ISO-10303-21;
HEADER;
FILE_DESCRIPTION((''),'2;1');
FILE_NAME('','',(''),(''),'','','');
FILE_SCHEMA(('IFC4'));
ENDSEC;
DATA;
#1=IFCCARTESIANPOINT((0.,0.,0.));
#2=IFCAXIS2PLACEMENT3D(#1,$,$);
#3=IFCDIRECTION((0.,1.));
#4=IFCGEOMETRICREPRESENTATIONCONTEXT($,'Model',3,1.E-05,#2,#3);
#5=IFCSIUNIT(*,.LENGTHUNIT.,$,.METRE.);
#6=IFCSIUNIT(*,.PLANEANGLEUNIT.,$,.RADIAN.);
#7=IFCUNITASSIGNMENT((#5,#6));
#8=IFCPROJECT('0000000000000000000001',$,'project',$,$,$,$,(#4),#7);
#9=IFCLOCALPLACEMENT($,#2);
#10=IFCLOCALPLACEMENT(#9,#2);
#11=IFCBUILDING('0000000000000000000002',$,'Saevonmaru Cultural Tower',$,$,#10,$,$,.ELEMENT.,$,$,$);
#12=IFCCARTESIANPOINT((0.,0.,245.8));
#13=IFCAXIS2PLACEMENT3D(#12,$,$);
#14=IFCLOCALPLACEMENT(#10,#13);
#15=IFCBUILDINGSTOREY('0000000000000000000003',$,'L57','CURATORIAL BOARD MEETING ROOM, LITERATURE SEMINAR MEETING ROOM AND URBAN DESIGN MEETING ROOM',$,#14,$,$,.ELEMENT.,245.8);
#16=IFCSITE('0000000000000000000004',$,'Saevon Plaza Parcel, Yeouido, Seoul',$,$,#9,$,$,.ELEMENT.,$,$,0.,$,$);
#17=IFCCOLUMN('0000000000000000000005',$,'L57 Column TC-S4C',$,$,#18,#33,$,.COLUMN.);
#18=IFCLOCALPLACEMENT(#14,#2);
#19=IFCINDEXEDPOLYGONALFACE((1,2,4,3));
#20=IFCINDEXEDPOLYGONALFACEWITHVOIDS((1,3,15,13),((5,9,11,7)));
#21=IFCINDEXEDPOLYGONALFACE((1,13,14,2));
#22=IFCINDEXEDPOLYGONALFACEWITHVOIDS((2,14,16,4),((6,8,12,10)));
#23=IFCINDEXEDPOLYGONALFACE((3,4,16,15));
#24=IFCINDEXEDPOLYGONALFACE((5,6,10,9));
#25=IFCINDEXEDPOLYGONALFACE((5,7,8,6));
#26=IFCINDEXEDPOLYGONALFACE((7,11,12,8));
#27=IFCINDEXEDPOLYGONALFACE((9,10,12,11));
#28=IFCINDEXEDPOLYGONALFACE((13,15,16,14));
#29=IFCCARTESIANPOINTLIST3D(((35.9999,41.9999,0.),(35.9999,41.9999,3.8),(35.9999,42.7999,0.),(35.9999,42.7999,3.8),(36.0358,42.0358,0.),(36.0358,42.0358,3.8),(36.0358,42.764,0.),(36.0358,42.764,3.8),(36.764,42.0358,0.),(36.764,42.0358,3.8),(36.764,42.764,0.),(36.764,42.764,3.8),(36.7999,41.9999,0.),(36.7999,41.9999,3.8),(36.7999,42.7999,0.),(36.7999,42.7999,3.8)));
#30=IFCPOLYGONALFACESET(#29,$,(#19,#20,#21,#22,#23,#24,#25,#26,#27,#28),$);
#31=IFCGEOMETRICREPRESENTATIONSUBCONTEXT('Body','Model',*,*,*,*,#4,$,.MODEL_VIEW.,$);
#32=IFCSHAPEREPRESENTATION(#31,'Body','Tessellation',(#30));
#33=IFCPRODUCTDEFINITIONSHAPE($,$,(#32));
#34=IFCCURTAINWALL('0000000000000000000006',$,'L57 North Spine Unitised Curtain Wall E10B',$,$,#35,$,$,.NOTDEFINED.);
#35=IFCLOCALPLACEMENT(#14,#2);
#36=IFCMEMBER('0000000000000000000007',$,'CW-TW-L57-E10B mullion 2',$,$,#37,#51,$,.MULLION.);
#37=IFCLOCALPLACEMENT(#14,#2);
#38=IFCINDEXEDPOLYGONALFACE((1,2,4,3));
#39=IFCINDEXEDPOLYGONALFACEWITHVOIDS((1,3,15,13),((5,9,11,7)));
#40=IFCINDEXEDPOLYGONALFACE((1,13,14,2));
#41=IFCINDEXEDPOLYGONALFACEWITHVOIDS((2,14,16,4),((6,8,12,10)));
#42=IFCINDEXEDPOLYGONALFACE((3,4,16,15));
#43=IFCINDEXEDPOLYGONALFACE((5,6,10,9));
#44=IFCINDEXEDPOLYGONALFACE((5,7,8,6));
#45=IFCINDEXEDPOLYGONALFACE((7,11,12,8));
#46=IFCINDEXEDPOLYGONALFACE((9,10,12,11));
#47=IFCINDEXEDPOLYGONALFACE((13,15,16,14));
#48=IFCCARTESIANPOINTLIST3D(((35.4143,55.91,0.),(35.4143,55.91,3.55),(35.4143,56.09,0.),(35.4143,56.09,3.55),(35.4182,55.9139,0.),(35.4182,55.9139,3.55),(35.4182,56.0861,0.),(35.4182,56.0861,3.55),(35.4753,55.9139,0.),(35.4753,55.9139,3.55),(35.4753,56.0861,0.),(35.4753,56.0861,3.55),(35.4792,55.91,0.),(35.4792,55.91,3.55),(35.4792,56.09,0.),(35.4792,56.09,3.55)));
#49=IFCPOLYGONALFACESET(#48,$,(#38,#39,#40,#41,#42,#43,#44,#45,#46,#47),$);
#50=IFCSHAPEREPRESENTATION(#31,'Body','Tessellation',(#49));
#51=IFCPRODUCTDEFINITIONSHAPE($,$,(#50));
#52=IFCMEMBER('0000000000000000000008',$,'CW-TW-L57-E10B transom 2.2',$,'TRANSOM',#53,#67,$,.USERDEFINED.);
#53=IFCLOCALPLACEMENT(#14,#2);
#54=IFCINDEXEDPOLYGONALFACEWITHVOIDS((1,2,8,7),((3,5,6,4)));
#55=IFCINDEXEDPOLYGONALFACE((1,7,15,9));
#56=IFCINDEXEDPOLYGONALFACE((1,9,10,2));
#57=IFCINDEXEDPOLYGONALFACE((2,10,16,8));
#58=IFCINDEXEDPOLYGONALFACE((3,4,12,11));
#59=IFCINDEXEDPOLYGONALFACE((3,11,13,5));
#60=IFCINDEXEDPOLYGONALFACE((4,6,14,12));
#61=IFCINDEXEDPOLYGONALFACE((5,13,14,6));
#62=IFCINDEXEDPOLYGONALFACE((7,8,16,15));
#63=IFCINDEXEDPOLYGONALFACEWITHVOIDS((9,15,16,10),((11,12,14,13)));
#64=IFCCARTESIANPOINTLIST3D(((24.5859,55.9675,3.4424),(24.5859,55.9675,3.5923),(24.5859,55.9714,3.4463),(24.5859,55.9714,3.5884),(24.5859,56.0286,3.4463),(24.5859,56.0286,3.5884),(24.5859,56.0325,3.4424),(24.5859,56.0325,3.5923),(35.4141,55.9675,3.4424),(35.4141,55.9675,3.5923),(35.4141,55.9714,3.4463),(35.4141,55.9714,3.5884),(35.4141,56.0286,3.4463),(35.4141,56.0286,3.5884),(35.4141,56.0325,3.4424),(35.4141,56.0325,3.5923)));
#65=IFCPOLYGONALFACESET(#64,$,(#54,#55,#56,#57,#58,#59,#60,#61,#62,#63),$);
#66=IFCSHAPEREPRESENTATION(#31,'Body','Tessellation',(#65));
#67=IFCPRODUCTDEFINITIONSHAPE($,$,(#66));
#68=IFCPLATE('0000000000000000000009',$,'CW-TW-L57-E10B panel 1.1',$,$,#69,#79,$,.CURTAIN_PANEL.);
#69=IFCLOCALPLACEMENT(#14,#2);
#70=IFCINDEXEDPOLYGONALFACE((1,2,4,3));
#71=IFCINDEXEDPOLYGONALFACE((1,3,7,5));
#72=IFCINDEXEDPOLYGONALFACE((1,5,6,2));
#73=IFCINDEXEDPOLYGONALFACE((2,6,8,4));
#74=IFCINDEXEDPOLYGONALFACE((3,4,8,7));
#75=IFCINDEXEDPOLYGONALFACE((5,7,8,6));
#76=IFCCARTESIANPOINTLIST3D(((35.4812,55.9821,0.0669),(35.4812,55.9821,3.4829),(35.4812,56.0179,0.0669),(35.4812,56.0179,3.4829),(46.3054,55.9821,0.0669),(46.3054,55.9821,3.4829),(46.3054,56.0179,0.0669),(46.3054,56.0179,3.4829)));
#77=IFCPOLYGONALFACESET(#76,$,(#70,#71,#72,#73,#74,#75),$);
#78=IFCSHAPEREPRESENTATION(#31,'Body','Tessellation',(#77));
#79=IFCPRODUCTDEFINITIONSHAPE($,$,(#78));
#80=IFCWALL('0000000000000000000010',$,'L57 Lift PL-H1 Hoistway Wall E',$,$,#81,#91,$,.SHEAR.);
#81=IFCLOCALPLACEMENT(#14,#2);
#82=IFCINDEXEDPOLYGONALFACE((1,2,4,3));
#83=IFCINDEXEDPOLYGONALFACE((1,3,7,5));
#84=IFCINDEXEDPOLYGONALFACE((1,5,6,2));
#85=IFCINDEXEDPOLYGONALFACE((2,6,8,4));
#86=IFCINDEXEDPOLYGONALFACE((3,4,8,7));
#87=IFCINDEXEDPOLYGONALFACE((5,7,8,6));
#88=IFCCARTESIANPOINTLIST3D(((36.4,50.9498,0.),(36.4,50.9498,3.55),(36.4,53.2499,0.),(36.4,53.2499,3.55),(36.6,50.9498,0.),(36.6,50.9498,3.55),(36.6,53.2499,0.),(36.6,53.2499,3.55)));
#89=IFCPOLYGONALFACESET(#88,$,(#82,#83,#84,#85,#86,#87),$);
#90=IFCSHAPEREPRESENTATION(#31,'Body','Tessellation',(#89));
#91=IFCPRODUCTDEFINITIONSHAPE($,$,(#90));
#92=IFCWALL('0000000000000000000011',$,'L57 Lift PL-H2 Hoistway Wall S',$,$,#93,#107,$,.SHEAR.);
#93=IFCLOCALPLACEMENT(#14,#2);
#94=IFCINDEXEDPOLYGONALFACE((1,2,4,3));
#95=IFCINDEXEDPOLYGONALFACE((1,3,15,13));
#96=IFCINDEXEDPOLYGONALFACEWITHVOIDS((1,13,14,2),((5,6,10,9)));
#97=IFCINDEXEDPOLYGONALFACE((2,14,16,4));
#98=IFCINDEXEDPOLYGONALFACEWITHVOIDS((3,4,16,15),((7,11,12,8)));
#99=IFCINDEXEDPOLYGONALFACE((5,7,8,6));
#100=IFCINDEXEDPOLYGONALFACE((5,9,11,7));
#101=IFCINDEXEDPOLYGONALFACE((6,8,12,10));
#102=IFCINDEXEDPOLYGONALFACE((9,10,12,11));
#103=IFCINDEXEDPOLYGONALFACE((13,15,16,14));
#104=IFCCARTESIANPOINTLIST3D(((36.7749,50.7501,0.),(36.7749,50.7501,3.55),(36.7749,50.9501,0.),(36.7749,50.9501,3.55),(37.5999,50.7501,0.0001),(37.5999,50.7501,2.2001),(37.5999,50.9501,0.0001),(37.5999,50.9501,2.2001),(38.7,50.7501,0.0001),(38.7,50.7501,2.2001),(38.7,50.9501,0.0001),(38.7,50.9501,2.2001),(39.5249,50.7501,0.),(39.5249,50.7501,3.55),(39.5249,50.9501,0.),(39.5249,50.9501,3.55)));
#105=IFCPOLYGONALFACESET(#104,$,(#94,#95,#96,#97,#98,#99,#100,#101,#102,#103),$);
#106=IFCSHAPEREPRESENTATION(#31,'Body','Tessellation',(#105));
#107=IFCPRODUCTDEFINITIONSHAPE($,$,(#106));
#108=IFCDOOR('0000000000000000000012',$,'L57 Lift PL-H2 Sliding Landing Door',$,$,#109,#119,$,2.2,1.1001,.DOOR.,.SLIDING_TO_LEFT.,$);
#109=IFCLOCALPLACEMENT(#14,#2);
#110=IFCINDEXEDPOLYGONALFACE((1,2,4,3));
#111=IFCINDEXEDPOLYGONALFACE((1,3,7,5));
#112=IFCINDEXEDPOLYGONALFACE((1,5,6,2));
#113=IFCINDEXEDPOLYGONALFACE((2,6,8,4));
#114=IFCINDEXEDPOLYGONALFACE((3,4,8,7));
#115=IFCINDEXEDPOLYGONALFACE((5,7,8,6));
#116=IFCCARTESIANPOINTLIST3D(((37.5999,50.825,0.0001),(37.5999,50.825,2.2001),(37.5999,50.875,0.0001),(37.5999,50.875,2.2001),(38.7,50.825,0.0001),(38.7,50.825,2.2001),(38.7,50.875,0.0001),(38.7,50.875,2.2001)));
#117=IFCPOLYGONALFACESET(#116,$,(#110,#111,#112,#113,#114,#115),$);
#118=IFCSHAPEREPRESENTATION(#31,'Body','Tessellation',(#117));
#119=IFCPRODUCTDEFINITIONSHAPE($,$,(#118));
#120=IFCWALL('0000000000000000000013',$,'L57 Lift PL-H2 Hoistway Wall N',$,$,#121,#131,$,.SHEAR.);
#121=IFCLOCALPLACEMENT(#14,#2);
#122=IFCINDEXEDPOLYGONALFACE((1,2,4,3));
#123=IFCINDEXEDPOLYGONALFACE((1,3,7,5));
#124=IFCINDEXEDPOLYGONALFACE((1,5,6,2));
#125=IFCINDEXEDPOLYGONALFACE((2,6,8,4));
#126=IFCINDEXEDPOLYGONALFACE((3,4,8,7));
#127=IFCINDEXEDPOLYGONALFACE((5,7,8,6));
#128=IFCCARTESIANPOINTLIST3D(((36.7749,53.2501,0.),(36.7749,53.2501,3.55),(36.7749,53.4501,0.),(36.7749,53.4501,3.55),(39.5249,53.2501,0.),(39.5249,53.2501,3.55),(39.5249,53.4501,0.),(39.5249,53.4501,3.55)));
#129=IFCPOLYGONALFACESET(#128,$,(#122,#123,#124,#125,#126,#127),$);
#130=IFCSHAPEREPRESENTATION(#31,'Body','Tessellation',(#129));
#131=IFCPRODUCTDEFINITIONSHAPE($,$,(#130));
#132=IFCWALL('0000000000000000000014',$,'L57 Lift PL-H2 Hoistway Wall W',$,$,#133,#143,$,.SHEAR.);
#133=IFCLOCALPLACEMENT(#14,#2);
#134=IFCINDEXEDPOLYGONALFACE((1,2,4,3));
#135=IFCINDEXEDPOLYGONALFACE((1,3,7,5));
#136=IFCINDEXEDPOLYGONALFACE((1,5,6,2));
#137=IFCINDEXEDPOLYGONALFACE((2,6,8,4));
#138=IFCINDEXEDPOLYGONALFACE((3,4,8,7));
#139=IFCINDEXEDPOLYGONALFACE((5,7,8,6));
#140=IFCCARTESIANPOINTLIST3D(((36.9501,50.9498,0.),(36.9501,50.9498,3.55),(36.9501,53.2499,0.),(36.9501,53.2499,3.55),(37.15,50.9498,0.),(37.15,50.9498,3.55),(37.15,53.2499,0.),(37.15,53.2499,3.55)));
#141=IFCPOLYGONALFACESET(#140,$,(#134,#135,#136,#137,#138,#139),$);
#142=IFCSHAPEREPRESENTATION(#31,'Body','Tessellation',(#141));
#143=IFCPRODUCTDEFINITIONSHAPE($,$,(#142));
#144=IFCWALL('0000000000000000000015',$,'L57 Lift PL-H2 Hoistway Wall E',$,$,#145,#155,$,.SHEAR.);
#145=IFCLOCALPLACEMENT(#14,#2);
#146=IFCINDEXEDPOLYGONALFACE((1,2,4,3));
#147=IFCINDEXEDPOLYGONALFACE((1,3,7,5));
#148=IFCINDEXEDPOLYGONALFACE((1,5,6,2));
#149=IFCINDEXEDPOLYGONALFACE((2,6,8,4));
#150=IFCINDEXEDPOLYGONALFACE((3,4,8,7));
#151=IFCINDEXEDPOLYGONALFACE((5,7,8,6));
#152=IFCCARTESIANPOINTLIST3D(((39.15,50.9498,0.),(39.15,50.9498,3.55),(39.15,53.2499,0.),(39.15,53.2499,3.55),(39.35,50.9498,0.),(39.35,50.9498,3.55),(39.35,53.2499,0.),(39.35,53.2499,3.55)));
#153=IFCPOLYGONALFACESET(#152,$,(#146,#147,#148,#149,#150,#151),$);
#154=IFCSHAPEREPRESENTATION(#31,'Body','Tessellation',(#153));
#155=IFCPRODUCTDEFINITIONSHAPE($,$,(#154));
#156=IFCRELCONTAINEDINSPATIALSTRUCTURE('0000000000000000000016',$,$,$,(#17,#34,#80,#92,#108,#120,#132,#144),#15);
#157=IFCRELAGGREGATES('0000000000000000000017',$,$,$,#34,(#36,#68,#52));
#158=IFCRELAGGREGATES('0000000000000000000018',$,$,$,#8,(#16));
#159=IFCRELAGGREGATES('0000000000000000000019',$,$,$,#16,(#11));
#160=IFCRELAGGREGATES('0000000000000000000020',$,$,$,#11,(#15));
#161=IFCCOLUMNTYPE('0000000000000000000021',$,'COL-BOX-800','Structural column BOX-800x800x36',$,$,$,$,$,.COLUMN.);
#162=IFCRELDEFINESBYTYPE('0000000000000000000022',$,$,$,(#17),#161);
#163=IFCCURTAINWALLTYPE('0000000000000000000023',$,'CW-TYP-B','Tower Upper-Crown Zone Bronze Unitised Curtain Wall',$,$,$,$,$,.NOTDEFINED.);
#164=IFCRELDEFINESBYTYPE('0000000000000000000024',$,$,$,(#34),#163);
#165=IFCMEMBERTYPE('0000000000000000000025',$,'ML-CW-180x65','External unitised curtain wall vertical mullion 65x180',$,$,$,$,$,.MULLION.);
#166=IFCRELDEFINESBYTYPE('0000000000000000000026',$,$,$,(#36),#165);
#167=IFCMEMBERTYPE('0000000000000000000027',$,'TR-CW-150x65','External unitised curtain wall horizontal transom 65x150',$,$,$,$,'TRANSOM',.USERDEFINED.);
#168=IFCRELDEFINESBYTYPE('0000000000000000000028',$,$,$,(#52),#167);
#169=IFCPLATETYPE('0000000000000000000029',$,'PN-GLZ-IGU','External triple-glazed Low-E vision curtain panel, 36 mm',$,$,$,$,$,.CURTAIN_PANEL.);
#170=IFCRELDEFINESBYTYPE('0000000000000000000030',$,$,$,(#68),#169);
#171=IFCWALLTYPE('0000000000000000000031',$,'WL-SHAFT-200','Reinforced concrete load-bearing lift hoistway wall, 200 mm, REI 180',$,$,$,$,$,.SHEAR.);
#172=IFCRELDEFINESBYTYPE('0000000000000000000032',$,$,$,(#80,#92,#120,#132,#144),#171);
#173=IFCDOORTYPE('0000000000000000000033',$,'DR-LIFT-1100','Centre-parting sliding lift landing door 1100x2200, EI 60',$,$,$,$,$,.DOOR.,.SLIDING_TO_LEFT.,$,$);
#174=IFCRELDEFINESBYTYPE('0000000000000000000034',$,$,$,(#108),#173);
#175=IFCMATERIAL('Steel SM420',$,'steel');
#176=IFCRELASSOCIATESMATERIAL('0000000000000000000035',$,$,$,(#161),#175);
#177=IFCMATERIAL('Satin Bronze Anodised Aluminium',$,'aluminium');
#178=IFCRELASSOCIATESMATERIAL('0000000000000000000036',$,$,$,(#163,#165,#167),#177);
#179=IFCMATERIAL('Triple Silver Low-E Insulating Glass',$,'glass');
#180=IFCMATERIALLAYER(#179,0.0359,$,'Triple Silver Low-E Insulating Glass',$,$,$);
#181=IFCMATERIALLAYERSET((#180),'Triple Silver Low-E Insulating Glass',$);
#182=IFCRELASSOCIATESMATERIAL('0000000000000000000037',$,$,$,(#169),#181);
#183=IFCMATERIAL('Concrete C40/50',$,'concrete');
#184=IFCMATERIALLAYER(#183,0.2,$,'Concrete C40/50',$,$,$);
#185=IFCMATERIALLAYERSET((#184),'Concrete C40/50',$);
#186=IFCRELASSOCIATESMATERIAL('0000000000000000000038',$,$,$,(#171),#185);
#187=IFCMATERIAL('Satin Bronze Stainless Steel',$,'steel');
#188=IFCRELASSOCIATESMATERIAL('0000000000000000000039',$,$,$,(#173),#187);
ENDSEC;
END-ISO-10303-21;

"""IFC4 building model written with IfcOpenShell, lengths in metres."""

from ifc_helpers import new_model, si_unit, direction, frame, frame_2d, origin, origin_2d, place, context, subcontext, project, spatial, rectangle, hollow_rectangle, extrude, material, layer, layer_set, material_profile, profile_set, type_object, element, fill, aggregate, save


model = new_model("IFC4")

# Units and contexts
model_context = context("Model", 3, precision=1e-05, world=origin(), true_north=direction((0.0, 1.0)))
body_context = subcontext(model_context, "Body", "Model", "MODEL_VIEW")
ifc_project = project(units=[si_unit("LENGTHUNIT", "METRE"), si_unit("PLANEANGLEUNIT", "RADIAN")], contexts=[model_context])

# Site, building, storey
site_placement = place(None, origin())
site = spatial("IfcSite", under=ifc_project, at=site_placement, Name="Saevon Plaza Parcel, Yeouido, Seoul", CompositionType="ELEMENT", RefElevation=0.0)
building_placement = place(site_placement, origin())
building = spatial("IfcBuilding", under=site, at=building_placement, Name="Saevonmaru Cultural Tower", CompositionType="ELEMENT")
storey_placement = place(building_placement, frame((0.0, 0.0, 245.8)))
storey = spatial("IfcBuildingStorey", under=building, at=storey_placement, Name="L57", Description="CURATORIAL BOARD MEETING ROOM, LITERATURE SEMINAR MEETING ROOM AND URBAN DESIGN MEETING ROOM", CompositionType="ELEMENT", Elevation=245.8)

# Column
ifc_material_1 = material(Name="Steel SM420", Category="steel")
ifc_material_profile_1 = material_profile(ifc_material_1, hollow_rectangle(XDim=0.8, YDim=0.8, WallThickness=0.0359, at=origin_2d()), Name="BOX-800x800x36")
ifc_profile_set_1 = profile_set([ifc_material_profile_1], Name="Steel SM420")
column_type = type_object("IfcColumnType", Name="COL-BOX-800", Description="Structural column BOX-800x800x36", PredefinedType="COLUMN", material=ifc_profile_set_1)
column_placement = place(storey_placement, frame((36.3999, 42.3999, 0.0), z_axis=(0.0, 0.0, 1.0), x_axis=(1.0, 0.0, 0.0)))
element("IfcColumn", 1, at=column_placement, inside=storey, type_object=column_type, Name="L57 Column TC-S4C", PredefinedType="COLUMN", context=body_context, shape_type="SweptSolid", body=[
    extrude(hollow_rectangle(XDim=0.8, YDim=0.8, WallThickness=0.0359, at=origin_2d()), origin(), (0.0, 0.0, 1.0), 3.8),
])

# Curtain wall, members, plate
ifc_material_2 = material(Name="Satin Bronze Anodised Aluminium", Category="aluminium")
curtain_wall_type = type_object("IfcCurtainWallType", Name="CW-TYP-B", Description="Tower Upper-Crown Zone Bronze Unitised Curtain Wall", PredefinedType="NOTDEFINED", material=ifc_material_2)
curtain_wall_placement = place(storey_placement, origin())
curtain_wall = element("IfcCurtainWall", 2, at=curtain_wall_placement, inside=storey, type_object=curtain_wall_type, Name="L57 North Spine Unitised Curtain Wall E10B", PredefinedType="NOTDEFINED")
ifc_material_profile_2 = material_profile(ifc_material_2, hollow_rectangle(XDim=0.0649, YDim=0.1799, WallThickness=0.0039, at=origin_2d()), Name="ALU-MULL-180x65x4")
ifc_profile_set_2 = profile_set([ifc_material_profile_2], Name="Satin Bronze Anodised Aluminium")
member_type_1 = type_object("IfcMemberType", Name="ML-CW-180x65", Description="External unitised curtain wall vertical mullion 65x180", PredefinedType="MULLION", material=ifc_profile_set_2)
member_1_placement = place(storey_placement, frame((35.4468, 56.0, 0.0), z_axis=(0.0, 0.0, 1.0), x_axis=(-1.0, 0.0, 0.0)))
member_1 = element("IfcMember", 3, at=member_1_placement, type_object=member_type_1, Name="CW-TW-L57-E10B mullion 2", PredefinedType="MULLION", context=body_context, shape_type="SweptSolid", body=[
    extrude(hollow_rectangle(XDim=0.0649, YDim=0.1799, WallThickness=0.0039, at=origin_2d()), origin(), (0.0, 0.0, 1.0), 3.55),
])
ifc_material_profile_3 = material_profile(ifc_material_2, hollow_rectangle(XDim=0.0649, YDim=0.1499, WallThickness=0.0039, at=origin_2d()), Name="ALU-TRAN-150x65x4")
ifc_profile_set_3 = profile_set([ifc_material_profile_3], Name="Satin Bronze Anodised Aluminium")
member_type_2 = type_object("IfcMemberType", Name="TR-CW-150x65", Description="External unitised curtain wall horizontal transom 65x150", ElementType="TRANSOM", PredefinedType="USERDEFINED", material=ifc_profile_set_3)
member_2_placement = place(storey_placement, frame((35.4141, 56.0, 3.5173), z_axis=(-1.0, 0.0, 0.0), x_axis=(0.0, -1.0, 0.0)))
member_2 = element("IfcMember", 4, at=member_2_placement, type_object=member_type_2, Name="CW-TW-L57-E10B transom 2.2", ObjectType="TRANSOM", PredefinedType="USERDEFINED", context=body_context, shape_type="SweptSolid", body=[
    extrude(hollow_rectangle(XDim=0.0649, YDim=0.1499, WallThickness=0.0039, at=origin_2d()), origin(), (0.0, 0.0, 1.0), 10.8281),
])
ifc_material_3 = material(Name="Triple Silver Low-E Insulating Glass", Category="glass")
ifc_layer_1 = layer(ifc_material_3, 0.0359, Name="Triple Silver Low-E Insulating Glass")
ifc_layer_set_1 = layer_set([ifc_layer_1], Name="Triple Silver Low-E Insulating Glass")
plate_type = type_object("IfcPlateType", Name="PN-GLZ-IGU", Description="External triple-glazed Low-E vision curtain panel, 36 mm", PredefinedType="CURTAIN_PANEL", material=ifc_layer_set_1)
plate_placement = place(storey_placement, frame((40.8933, 56.0, 0.0669), z_axis=(0.0, 0.0, 1.0), x_axis=(-1.0, 0.0, 0.0)))
plate = element("IfcPlate", 5, at=plate_placement, type_object=plate_type, Name="CW-TW-L57-E10B panel 1.1", PredefinedType="CURTAIN_PANEL", context=body_context, shape_type="SweptSolid", body=[
    extrude(rectangle(XDim=10.8242, YDim=0.0359, at=origin_2d()), origin(), (0.0, 0.0, 1.0), 3.416),
])
aggregate(curtain_wall, [member_1, plate, member_2])

# Wall
ifc_material_4 = material(Name="Concrete C40/50", Category="concrete")
ifc_layer_2 = layer(ifc_material_4, 0.2, Name="Concrete C40/50")
ifc_layer_set_2 = layer_set([ifc_layer_2], Name="Concrete C40/50")
wall_type_1 = type_object("IfcWallType", Name="WL-SHAFT-200", Description="Reinforced concrete load-bearing lift hoistway wall, 200 mm, REI 180", PredefinedType="SHEAR", material=ifc_layer_set_2)
wall_1_placement = place(storey_placement, frame((36.5, 50.95, 0.0), z_axis=(0.0, 0.0, 1.0), x_axis=(0.0, 1.0, 0.0)))
element("IfcWall", 6, at=wall_1_placement, inside=storey, type_object=wall_type_1, Name="L57 Lift PL-H1 Hoistway Wall E", PredefinedType="SHEAR", context=body_context, shape_type="SweptSolid", body=[
    extrude(rectangle(XDim=2.3, YDim=0.2, at=frame_2d((1.1499, 0.0))), origin(), (0.0, 0.0, 1.0), 3.55),
])

# Wall, opening, door
wall_2_placement = place(storey_placement, frame((36.7749, 50.8501, 0.0), z_axis=(0.0, 0.0, 1.0), x_axis=(1.0, 0.0, 0.0)))
wall_2 = element("IfcWall", 7, at=wall_2_placement, inside=storey, type_object=wall_type_1, Name="L57 Lift PL-H2 Hoistway Wall S", PredefinedType="SHEAR", context=body_context, shape_type="SweptSolid", body=[
    extrude(rectangle(XDim=2.75, YDim=0.2, at=frame_2d((1.375, 0.0))), origin(), (0.0, 0.0, 1.0), 3.55),
])
opening_1_placement = place(wall_2_placement, frame((0.825, 0.0, 0.0)))
opening_1 = element("IfcOpeningElement", 8, at=opening_1_placement, cuts=wall_2, PredefinedType="OPENING", context=body_context, shape_type="SweptSolid", body=[
    extrude(rectangle(XDim=1.1001, YDim=2.2, at=frame_2d((0.55, 1.1001))), frame((0.0, 0.1099, 0.0), z_axis=(0.0, -1.0, 0.0), x_axis=(1.0, 0.0, 0.0)), (0.0, 0.0, 1.0), 0.22),
])
ifc_material_5 = material(Name="Satin Bronze Stainless Steel", Category="steel")
door_type_1 = type_object("IfcDoorType", Name="DR-LIFT-1100", Description="Centre-parting sliding lift landing door 1100x2200, EI 60", OperationType="SLIDING_TO_LEFT", PredefinedType="DOOR", material=ifc_material_5)
door_1_placement = place(opening_1_placement, origin())
door_1 = element("IfcDoor", 9, at=door_1_placement, inside=storey, type_object=door_type_1, Name="L57 Lift PL-H2 Sliding Landing Door", OperationType="SLIDING_TO_LEFT", OverallHeight=2.2, OverallWidth=1.1001, PredefinedType="DOOR", context=body_context, shape_type="SweptSolid", body=[
    extrude(rectangle(XDim=1.1001, YDim=2.2, at=frame_2d((0.55, 1.1001))), frame((0.0, 0.0249, 0.0), z_axis=(0.0, -1.0, 0.0), x_axis=(1.0, 0.0, 0.0)), (0.0, 0.0, 1.0), 0.05),
])
fill(opening_1, door_1)

# Walls
wall_3_placement = place(storey_placement, frame((36.7749, 53.3501, 0.0), z_axis=(0.0, 0.0, 1.0), x_axis=(1.0, 0.0, 0.0)))
element("IfcWall", 10, at=wall_3_placement, inside=storey, type_object=wall_type_1, Name="L57 Lift PL-H2 Hoistway Wall N", PredefinedType="SHEAR", context=body_context, shape_type="SweptSolid", body=[
    extrude(rectangle(XDim=2.75, YDim=0.2, at=frame_2d((1.375, 0.0))), origin(), (0.0, 0.0, 1.0), 3.55),
])
for number, where, z_axis, x_axis, name in (
    (11, (37.05, 50.95, 0.0), (0.0, 0.0, 1.0), (0.0, 1.0, 0.0), "L57 Lift PL-H2 Hoistway Wall W"),
    (12, (39.25, 50.95, 0.0), (0.0, 0.0, 1.0), (0.0, 1.0, 0.0), "L57 Lift PL-H2 Hoistway Wall E"),
):
    element("IfcWall", number, at=place(storey_placement, frame(where, z_axis=z_axis, x_axis=x_axis)), inside=storey, type_object=wall_type_1, Name=name, PredefinedType="SHEAR", context=body_context, shape_type="SweptSolid", body=[
        extrude(rectangle(XDim=2.3, YDim=0.2, at=frame_2d((1.1499, 0.0))), origin(), (0.0, 0.0, 1.0), 3.55),
    ])

save(model, "model.ifc")
